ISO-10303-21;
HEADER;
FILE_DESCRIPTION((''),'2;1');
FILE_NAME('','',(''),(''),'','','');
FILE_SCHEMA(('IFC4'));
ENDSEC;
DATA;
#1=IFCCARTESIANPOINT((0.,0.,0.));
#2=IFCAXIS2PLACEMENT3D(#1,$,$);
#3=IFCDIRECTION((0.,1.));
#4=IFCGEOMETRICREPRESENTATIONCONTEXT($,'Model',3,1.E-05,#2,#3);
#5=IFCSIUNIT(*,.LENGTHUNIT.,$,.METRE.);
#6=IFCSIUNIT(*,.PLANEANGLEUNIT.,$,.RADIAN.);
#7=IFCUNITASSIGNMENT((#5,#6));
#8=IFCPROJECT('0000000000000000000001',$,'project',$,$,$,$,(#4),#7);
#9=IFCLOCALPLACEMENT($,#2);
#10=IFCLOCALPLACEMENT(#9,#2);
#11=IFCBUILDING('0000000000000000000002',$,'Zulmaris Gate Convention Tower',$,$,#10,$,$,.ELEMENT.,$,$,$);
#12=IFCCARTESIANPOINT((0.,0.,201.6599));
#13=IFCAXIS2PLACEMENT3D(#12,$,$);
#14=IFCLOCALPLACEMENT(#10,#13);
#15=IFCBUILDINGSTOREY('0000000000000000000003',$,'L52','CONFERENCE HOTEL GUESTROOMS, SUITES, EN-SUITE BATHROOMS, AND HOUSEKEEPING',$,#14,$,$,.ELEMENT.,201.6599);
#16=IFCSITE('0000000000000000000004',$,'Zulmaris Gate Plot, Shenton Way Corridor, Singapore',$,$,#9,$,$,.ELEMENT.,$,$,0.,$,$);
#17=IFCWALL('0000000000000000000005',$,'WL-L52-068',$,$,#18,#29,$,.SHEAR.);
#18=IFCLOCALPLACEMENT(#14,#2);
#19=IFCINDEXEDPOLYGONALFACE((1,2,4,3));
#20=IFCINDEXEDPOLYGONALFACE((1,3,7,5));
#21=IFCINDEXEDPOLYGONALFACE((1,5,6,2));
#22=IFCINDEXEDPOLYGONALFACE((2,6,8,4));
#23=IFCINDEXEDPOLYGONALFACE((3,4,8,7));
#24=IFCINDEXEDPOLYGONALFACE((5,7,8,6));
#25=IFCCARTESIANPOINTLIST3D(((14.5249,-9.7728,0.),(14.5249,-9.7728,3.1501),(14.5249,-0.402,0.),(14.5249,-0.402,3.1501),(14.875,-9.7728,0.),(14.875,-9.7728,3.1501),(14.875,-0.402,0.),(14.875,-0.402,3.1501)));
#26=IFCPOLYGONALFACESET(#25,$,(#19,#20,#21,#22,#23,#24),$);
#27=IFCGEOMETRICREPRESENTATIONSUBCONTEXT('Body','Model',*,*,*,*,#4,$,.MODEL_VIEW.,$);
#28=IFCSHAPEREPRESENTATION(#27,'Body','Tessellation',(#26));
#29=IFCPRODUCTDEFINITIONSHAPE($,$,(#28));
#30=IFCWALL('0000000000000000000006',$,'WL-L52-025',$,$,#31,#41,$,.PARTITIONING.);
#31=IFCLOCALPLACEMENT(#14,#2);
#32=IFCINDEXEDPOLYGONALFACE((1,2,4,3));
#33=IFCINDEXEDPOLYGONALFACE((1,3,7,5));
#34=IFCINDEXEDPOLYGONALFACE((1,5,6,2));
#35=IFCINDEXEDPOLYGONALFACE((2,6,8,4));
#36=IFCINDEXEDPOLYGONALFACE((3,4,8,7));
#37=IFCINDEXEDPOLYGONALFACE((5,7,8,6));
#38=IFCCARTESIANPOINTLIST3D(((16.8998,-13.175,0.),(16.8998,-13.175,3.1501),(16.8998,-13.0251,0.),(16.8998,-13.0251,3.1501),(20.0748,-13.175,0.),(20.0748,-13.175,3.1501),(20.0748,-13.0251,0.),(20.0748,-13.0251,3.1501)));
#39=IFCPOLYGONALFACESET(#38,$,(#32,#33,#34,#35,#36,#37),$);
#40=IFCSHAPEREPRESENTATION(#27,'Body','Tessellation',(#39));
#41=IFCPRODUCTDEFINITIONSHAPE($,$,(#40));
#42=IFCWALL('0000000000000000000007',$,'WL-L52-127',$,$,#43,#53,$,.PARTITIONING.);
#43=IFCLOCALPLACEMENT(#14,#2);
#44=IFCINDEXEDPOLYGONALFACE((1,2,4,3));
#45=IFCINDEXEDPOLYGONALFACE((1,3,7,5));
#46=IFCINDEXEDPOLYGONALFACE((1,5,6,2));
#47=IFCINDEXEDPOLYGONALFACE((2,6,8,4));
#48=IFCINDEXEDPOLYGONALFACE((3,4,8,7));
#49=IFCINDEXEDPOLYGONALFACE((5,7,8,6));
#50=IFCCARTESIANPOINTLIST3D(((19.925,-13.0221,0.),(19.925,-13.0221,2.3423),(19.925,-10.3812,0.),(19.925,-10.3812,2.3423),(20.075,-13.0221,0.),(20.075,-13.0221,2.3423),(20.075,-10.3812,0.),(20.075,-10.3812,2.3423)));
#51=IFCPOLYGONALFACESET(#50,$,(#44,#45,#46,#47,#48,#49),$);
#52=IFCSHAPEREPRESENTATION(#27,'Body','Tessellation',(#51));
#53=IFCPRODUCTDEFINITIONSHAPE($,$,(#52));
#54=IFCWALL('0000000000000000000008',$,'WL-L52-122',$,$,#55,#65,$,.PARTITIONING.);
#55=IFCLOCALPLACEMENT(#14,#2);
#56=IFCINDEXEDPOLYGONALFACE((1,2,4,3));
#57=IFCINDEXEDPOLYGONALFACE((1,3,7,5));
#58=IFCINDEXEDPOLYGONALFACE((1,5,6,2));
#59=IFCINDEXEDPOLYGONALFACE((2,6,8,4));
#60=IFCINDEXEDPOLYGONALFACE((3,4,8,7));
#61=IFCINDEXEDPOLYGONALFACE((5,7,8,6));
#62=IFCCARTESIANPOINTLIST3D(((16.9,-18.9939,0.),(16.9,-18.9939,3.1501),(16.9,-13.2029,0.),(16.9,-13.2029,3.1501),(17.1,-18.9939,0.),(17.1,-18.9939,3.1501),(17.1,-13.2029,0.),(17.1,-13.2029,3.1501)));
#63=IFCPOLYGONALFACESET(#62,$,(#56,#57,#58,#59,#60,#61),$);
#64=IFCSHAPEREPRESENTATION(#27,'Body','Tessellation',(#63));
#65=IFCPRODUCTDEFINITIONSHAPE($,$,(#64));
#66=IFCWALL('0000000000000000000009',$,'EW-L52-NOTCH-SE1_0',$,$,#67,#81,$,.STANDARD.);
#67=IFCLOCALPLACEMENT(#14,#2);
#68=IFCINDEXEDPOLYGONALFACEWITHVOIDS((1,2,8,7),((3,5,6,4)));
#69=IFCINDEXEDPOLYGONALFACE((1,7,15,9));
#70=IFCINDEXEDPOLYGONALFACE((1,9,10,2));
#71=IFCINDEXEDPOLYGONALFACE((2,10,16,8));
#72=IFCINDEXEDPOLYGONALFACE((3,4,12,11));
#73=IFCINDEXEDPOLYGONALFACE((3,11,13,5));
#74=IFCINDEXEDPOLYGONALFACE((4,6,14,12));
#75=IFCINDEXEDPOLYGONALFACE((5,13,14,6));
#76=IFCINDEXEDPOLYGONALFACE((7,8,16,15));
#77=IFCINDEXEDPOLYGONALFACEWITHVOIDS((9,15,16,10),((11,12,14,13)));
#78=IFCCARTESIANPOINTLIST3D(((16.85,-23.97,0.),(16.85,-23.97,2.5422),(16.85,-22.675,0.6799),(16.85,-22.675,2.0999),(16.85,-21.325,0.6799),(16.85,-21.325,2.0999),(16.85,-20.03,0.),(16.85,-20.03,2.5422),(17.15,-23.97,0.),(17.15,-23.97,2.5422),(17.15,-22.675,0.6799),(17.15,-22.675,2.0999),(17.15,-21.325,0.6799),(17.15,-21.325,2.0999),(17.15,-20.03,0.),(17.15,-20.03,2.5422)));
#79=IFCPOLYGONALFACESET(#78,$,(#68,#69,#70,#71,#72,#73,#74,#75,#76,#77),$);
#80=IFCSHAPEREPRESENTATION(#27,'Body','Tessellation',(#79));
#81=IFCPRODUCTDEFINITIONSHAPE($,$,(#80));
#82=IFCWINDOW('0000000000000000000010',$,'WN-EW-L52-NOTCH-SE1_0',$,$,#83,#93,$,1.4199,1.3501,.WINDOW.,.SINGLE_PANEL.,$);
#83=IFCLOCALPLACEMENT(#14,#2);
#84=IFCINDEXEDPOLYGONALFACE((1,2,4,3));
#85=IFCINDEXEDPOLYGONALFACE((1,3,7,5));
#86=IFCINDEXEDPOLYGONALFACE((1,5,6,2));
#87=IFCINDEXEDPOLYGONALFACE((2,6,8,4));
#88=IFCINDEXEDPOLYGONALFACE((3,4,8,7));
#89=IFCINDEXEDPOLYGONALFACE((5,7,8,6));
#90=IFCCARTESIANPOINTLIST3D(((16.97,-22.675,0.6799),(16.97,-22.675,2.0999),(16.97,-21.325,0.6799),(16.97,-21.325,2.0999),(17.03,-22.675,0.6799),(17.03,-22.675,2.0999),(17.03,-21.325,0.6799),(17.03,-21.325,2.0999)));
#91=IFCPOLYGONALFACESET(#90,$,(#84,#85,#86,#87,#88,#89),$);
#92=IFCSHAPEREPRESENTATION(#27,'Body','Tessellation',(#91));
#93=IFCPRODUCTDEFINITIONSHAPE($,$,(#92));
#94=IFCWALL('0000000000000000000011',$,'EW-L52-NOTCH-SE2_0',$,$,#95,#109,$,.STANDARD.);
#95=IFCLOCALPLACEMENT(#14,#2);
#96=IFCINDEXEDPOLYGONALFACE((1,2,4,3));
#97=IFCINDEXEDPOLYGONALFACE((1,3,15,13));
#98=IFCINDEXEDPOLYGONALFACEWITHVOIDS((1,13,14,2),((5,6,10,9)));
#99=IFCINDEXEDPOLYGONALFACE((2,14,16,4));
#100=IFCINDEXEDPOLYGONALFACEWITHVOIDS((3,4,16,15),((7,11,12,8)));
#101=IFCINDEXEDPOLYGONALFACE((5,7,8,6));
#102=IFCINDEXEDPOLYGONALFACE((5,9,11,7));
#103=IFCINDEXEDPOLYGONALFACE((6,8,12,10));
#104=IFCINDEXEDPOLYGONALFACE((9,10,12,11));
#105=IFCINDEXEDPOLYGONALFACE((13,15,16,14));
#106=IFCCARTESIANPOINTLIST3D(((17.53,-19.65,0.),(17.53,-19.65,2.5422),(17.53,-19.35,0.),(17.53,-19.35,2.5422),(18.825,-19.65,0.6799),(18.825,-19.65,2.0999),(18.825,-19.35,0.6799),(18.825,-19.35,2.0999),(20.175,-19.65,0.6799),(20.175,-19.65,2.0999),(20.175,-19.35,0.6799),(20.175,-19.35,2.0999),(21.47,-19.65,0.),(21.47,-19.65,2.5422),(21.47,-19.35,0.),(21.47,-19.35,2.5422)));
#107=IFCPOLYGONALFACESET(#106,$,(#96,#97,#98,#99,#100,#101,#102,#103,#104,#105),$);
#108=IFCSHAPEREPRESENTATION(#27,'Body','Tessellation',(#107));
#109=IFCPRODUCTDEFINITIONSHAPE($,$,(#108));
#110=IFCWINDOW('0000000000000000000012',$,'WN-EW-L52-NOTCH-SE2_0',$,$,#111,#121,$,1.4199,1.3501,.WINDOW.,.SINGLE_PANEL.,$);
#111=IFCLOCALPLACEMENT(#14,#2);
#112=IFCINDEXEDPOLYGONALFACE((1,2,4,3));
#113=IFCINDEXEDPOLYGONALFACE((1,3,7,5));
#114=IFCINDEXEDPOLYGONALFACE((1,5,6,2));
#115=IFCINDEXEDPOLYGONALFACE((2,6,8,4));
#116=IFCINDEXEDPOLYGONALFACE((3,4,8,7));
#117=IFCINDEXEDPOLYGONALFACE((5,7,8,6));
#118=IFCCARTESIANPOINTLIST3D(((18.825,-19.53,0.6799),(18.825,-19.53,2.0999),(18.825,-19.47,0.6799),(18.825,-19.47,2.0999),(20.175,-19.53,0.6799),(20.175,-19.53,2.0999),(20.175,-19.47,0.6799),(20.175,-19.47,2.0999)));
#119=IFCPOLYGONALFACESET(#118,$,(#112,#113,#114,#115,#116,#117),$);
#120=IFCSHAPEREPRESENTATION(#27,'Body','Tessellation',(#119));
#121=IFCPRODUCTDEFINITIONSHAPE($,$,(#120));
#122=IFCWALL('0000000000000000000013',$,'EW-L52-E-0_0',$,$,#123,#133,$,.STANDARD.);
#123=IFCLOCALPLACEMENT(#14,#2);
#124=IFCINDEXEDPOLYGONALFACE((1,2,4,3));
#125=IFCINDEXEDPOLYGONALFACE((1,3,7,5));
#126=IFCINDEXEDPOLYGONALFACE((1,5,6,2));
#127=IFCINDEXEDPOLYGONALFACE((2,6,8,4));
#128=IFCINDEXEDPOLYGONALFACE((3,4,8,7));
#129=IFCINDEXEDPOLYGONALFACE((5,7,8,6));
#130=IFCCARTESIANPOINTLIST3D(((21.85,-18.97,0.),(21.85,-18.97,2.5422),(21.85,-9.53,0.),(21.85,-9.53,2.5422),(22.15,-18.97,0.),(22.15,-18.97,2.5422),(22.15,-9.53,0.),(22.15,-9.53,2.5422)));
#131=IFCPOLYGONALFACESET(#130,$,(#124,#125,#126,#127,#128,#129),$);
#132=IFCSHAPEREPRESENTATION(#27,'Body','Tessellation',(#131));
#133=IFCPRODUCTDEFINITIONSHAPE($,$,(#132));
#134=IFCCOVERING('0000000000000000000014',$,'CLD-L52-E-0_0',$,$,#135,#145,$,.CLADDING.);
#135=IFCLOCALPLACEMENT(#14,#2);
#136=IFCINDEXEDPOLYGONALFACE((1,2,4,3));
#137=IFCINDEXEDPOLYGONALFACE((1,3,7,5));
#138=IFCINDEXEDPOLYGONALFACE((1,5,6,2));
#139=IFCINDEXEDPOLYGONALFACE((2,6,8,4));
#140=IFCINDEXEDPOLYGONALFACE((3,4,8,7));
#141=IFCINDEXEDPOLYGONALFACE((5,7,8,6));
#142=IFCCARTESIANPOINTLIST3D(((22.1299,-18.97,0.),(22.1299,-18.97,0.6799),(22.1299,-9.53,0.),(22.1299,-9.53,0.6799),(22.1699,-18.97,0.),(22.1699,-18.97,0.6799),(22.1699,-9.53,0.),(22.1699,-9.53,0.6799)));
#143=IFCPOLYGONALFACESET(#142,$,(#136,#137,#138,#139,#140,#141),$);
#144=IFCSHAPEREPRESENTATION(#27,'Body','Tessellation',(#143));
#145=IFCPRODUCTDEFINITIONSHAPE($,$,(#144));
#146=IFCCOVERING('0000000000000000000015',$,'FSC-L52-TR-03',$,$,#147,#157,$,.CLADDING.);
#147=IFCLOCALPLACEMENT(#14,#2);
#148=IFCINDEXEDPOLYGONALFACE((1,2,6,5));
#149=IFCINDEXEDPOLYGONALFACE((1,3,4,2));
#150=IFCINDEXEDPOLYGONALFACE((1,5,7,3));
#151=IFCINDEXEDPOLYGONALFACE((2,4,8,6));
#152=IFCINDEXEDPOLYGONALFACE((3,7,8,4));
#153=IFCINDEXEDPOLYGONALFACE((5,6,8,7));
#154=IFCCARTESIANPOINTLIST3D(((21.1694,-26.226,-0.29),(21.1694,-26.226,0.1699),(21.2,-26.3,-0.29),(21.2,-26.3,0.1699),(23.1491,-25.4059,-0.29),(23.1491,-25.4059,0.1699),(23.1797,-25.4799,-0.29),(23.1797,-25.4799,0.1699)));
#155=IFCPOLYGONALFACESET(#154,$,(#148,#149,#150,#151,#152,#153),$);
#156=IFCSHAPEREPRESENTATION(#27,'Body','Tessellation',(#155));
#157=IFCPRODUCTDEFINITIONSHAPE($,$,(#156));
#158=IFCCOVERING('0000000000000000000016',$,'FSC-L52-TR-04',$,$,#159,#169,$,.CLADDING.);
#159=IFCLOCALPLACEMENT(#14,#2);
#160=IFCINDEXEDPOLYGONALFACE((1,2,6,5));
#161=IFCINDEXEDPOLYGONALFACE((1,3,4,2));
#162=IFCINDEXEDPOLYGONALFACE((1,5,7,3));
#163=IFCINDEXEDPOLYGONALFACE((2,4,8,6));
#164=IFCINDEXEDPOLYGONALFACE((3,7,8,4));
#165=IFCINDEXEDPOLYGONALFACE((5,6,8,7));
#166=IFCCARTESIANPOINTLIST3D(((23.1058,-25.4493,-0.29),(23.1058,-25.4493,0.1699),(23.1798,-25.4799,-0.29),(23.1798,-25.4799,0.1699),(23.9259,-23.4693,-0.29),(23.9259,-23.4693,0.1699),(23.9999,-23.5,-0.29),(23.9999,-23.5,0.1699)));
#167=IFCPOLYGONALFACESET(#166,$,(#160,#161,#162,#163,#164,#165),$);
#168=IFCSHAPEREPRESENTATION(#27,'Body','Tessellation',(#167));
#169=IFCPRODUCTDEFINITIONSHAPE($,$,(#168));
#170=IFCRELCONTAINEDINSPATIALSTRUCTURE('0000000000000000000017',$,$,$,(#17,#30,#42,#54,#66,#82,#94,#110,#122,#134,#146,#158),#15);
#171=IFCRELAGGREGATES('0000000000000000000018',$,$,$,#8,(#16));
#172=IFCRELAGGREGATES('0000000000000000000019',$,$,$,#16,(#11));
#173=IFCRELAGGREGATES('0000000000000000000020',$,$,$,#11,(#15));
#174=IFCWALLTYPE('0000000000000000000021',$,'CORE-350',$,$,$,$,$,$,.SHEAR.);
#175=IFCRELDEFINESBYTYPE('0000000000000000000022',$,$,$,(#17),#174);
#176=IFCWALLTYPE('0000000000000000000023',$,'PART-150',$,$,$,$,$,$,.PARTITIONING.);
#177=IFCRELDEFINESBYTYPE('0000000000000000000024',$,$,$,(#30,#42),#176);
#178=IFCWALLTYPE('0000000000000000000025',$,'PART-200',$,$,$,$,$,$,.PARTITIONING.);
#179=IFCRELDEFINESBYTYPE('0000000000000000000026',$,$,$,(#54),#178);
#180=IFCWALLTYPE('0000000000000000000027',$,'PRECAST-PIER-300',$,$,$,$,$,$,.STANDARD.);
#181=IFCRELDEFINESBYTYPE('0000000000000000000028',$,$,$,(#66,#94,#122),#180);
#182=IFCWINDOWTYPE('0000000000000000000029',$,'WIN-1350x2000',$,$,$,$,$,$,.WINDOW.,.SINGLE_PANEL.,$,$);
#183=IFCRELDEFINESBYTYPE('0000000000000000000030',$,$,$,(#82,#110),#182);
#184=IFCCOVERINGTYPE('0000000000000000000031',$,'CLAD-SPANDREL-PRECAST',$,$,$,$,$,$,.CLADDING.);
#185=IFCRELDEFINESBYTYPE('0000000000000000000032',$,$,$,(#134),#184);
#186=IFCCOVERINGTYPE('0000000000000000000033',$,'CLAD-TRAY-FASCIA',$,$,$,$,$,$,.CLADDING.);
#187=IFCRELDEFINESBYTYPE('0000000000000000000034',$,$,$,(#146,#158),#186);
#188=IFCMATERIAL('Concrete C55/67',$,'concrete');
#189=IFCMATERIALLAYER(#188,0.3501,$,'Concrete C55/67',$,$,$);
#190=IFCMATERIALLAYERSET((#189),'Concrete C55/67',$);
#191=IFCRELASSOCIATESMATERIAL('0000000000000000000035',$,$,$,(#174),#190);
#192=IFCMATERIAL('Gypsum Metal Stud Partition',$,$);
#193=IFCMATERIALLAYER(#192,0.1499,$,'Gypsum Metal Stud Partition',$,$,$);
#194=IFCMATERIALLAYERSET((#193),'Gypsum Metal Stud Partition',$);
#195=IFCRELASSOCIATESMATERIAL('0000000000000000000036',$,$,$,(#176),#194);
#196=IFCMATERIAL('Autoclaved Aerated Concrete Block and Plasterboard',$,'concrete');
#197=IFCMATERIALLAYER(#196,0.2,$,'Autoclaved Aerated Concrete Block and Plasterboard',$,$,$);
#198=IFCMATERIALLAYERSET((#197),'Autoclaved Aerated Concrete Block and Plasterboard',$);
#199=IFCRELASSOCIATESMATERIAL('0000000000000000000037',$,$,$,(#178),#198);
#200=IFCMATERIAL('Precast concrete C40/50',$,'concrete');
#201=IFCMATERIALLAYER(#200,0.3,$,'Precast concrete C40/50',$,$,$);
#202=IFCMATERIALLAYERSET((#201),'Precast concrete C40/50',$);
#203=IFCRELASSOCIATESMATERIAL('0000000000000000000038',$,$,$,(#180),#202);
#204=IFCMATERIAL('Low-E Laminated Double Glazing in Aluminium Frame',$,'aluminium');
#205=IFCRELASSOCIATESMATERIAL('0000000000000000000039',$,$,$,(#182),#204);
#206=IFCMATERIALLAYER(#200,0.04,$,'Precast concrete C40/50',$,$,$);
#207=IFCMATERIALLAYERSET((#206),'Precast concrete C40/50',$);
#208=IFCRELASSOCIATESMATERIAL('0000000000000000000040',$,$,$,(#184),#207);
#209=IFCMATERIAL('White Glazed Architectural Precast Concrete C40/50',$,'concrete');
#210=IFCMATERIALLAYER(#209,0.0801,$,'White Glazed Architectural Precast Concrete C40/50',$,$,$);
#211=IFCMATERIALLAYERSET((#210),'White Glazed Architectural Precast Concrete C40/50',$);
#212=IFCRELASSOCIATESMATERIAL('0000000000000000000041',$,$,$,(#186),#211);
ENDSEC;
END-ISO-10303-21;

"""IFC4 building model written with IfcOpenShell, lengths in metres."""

from ifc_helpers import new_model, si_unit, direction, frame, frame_2d, origin, place, context, subcontext, project, spatial, rectangle, extrude, material, layer, layer_set, type_object, element, fill, save


model = new_model("IFC4")

# Units and contexts
model_context = context("Model", 3, precision=1e-05, world=origin(), true_north=direction((0.0, 1.0)))
body_context = subcontext(model_context, "Body", "Model", "MODEL_VIEW")
ifc_project = project(units=[si_unit("LENGTHUNIT", "METRE"), si_unit("PLANEANGLEUNIT", "RADIAN")], contexts=[model_context])

# Site, building, storey
site_placement = place(None, origin())
site = spatial("IfcSite", under=ifc_project, at=site_placement, Name="Zulmaris Gate Plot, Shenton Way Corridor, Singapore", CompositionType="ELEMENT", RefElevation=0.0)
building_placement = place(site_placement, origin())
building = spatial("IfcBuilding", under=site, at=building_placement, Name="Zulmaris Gate Convention Tower", CompositionType="ELEMENT")
storey_placement = place(building_placement, frame((0.0, 0.0, 201.6599)))
storey = spatial("IfcBuildingStorey", under=building, at=storey_placement, Name="L52", Description="CONFERENCE HOTEL GUESTROOMS, SUITES, EN-SUITE BATHROOMS, AND HOUSEKEEPING", CompositionType="ELEMENT", Elevation=201.6599)

# Shared definitions
ifc_material_1 = material(Name="Concrete C55/67", Category="concrete")
ifc_layer_1 = layer(ifc_material_1, 0.3501, Name="Concrete C55/67")
ifc_layer_set_1 = layer_set([ifc_layer_1], Name="Concrete C55/67")
wall_type_1 = type_object("IfcWallType", Name="CORE-350", PredefinedType="SHEAR", material=ifc_layer_set_1)

# Walls
wall_1_placement = place(storey_placement, frame((14.7, -9.7729, 0.0), z_axis=(0.0, 0.0, 1.0), x_axis=(0.0, 1.0, 0.0)))
element("IfcWall", 1, at=wall_1_placement, inside=storey, type_object=wall_type_1, Name="WL-L52-068", PredefinedType="SHEAR", context=body_context, shape_type="SweptSolid", body=[
    extrude(rectangle(XDim=9.3708, YDim=0.3501, at=frame_2d((4.6855, 0.0))), origin(), (0.0, 0.0, 1.0), 3.1501),
])
ifc_material_2 = material(Name="Gypsum Metal Stud Partition")
ifc_layer_2 = layer(ifc_material_2, 0.1499, Name="Gypsum Metal Stud Partition")
ifc_layer_set_2 = layer_set([ifc_layer_2], Name="Gypsum Metal Stud Partition")
wall_type_2 = type_object("IfcWallType", Name="PART-150", PredefinedType="PARTITIONING", material=ifc_layer_set_2)
wall_2_placement = place(storey_placement, frame((16.8999, -13.1001, 0.0), z_axis=(0.0, 0.0, 1.0), x_axis=(1.0, 0.0, 0.0)))
element("IfcWall", 2, at=wall_2_placement, inside=storey, type_object=wall_type_2, Name="WL-L52-025", PredefinedType="PARTITIONING", context=body_context, shape_type="SweptSolid", body=[
    extrude(rectangle(XDim=3.175, YDim=0.1499, at=frame_2d((1.5874, 0.0))), origin(), (0.0, 0.0, 1.0), 3.1501),
])
wall_3_placement = place(storey_placement, frame((20.0, -13.022, 0.0), z_axis=(0.0, 0.0, 1.0), x_axis=(0.0, 1.0, 0.0)))
element("IfcWall", 3, at=wall_3_placement, inside=storey, type_object=wall_type_2, Name="WL-L52-127", PredefinedType="PARTITIONING", context=body_context, shape_type="SweptSolid", body=[
    extrude(rectangle(XDim=2.6409, YDim=0.1499, at=frame_2d((1.3203, 0.0))), origin(), (0.0, 0.0, 1.0), 2.3423),
])
ifc_material_3 = material(Name="Autoclaved Aerated Concrete Block and Plasterboard", Category="concrete")
ifc_layer_3 = layer(ifc_material_3, 0.2, Name="Autoclaved Aerated Concrete Block and Plasterboard")
ifc_layer_set_3 = layer_set([ifc_layer_3], Name="Autoclaved Aerated Concrete Block and Plasterboard")
wall_type_3 = type_object("IfcWallType", Name="PART-200", PredefinedType="PARTITIONING", material=ifc_layer_set_3)
wall_4_placement = place(storey_placement, frame((17.0, -18.9939, 0.0), z_axis=(0.0, 0.0, 1.0), x_axis=(0.0, 1.0, 0.0)))
element("IfcWall", 4, at=wall_4_placement, inside=storey, type_object=wall_type_3, Name="WL-L52-122", PredefinedType="PARTITIONING", context=body_context, shape_type="SweptSolid", body=[
    extrude(rectangle(XDim=5.791, YDim=0.2, at=frame_2d((2.8955, 0.0))), origin(), (0.0, 0.0, 1.0), 3.1501),
])

# Walls, openings, windows
ifc_material_4 = material(Name="Precast concrete C40/50", Category="concrete")
ifc_layer_4 = layer(ifc_material_4, 0.3, Name="Precast concrete C40/50")
ifc_layer_set_4 = layer_set([ifc_layer_4], Name="Precast concrete C40/50")
wall_type_4 = type_object("IfcWallType", Name="PRECAST-PIER-300", PredefinedType="STANDARD", material=ifc_layer_set_4)
wall_5_placement = place(storey_placement, frame((17.0, -23.97, 0.0), z_axis=(0.0, 0.0, 1.0), x_axis=(0.0, 1.0, 0.0)))
wall_5 = element("IfcWall", 5, at=wall_5_placement, inside=storey, type_object=wall_type_4, Name="EW-L52-NOTCH-SE1_0", PredefinedType="STANDARD", context=body_context, shape_type="SweptSolid", body=[
    extrude(rectangle(XDim=3.9399, YDim=0.3, at=frame_2d((1.97, 0.0))), origin(), (0.0, 0.0, 1.0), 2.5422),
])
opening_1_placement = place(wall_5_placement, frame((1.2949, 0.0, 0.6799)))
opening_1 = element("IfcOpeningElement", 6, at=opening_1_placement, cuts=wall_5, PredefinedType="OPENING", context=body_context, shape_type="SweptSolid", body=[
    extrude(rectangle(XDim=1.3501, YDim=1.4199, at=frame_2d((0.675, 0.71))), frame((0.0, 0.1602, 0.0), z_axis=(0.0, -1.0, 0.0), x_axis=(1.0, 0.0, 0.0)), (0.0, 0.0, 1.0), 0.3201),
])
ifc_material_5 = material(Name="Low-E Laminated Double Glazing in Aluminium Frame", Category="aluminium")
window_type = type_object("IfcWindowType", Name="WIN-1350x2000", PartitioningType="SINGLE_PANEL", PredefinedType="WINDOW", material=ifc_material_5)
window_1_placement = place(opening_1_placement, origin())
window_1 = element("IfcWindow", 7, at=window_1_placement, inside=storey, type_object=window_type, Name="WN-EW-L52-NOTCH-SE1_0", OverallHeight=1.4199, OverallWidth=1.3501, PartitioningType="SINGLE_PANEL", PredefinedType="WINDOW", context=body_context, shape_type="SweptSolid", body=[
    extrude(rectangle(XDim=1.3501, YDim=1.4199, at=frame_2d((0.675, 0.71))), frame((0.0, 0.03, 0.0), z_axis=(0.0, -1.0, 0.0), x_axis=(1.0, 0.0, 0.0)), (0.0, 0.0, 1.0), 0.0601),
])
fill(opening_1, window_1)
wall_6_placement = place(storey_placement, frame((17.53, -19.5, 0.0), z_axis=(0.0, 0.0, 1.0), x_axis=(1.0, 0.0, 0.0)))
wall_6 = element("IfcWall", 8, at=wall_6_placement, inside=storey, type_object=wall_type_4, Name="EW-L52-NOTCH-SE2_0", PredefinedType="STANDARD", context=body_context, shape_type="SweptSolid", body=[
    extrude(rectangle(XDim=3.9399, YDim=0.3, at=frame_2d((1.97, 0.0))), origin(), (0.0, 0.0, 1.0), 2.5422),
])
opening_2_placement = place(wall_6_placement, frame((1.2949, 0.0, 0.6799)))
opening_2 = element("IfcOpeningElement", 9, at=opening_2_placement, cuts=wall_6, PredefinedType="OPENING", context=body_context, shape_type="SweptSolid", body=[
    extrude(rectangle(XDim=1.3501, YDim=1.4199, at=frame_2d((0.675, 0.71))), frame((0.0, 0.1602, 0.0), z_axis=(0.0, -1.0, 0.0), x_axis=(1.0, 0.0, 0.0)), (0.0, 0.0, 1.0), 0.3201),
])
window_2_placement = place(opening_2_placement, origin())
window_2 = element("IfcWindow", 10, at=window_2_placement, inside=storey, type_object=window_type, Name="WN-EW-L52-NOTCH-SE2_0", OverallHeight=1.4199, OverallWidth=1.3501, PartitioningType="SINGLE_PANEL", PredefinedType="WINDOW", context=body_context, shape_type="SweptSolid", body=[
    extrude(rectangle(XDim=1.3501, YDim=1.4199, at=frame_2d((0.675, 0.71))), frame((0.0, 0.03, 0.0), z_axis=(0.0, -1.0, 0.0), x_axis=(1.0, 0.0, 0.0)), (0.0, 0.0, 1.0), 0.0601),
])
fill(opening_2, window_2)

# Wall
wall_7_placement = place(storey_placement, frame((22.0, -18.97, 0.0), z_axis=(0.0, 0.0, 1.0), x_axis=(0.0, 1.0, 0.0)))
element("IfcWall", 11, at=wall_7_placement, inside=storey, type_object=wall_type_4, Name="EW-L52-E-0_0", PredefinedType="STANDARD", context=body_context, shape_type="SweptSolid", body=[
    extrude(rectangle(XDim=9.4399, YDim=0.3, at=frame_2d((4.72, 0.0))), origin(), (0.0, 0.0, 1.0), 2.5422),
])

# Coverings
ifc_layer_5 = layer(ifc_material_4, 0.04, Name="Precast concrete C40/50")
ifc_layer_set_5 = layer_set([ifc_layer_5], Name="Precast concrete C40/50")
covering_type_1 = type_object("IfcCoveringType", Name="CLAD-SPANDREL-PRECAST", PredefinedType="CLADDING", material=ifc_layer_set_5)
covering_1_placement = place(storey_placement, frame((22.1499, -18.97, 0.0), z_axis=(0.0, 0.0, 1.0), x_axis=(0.0, 1.0, 0.0)))
element("IfcCovering", 12, at=covering_1_placement, inside=storey, type_object=covering_type_1, Name="CLD-L52-E-0_0", PredefinedType="CLADDING", context=body_context, shape_type="SweptSolid", body=[
    extrude(rectangle(XDim=9.4399, YDim=0.04, at=frame_2d((4.72, 0.0))), origin(), (0.0, 0.0, 1.0), 0.6799),
])
ifc_material_6 = material(Name="White Glazed Architectural Precast Concrete C40/50", Category="concrete")
ifc_layer_6 = layer(ifc_material_6, 0.0801, Name="White Glazed Architectural Precast Concrete C40/50")
ifc_layer_set_6 = layer_set([ifc_layer_6], Name="White Glazed Architectural Precast Concrete C40/50")
covering_type_2 = type_object("IfcCoveringType", Name="CLAD-TRAY-FASCIA", PredefinedType="CLADDING", material=ifc_layer_set_6)
covering_2_placement = place(storey_placement, frame((21.1848, -26.2629, -0.29), z_axis=(0.0, 0.0, 1.0), x_axis=(0.923874, 0.382697, 0.0)))
element("IfcCovering", 13, at=covering_2_placement, inside=storey, type_object=covering_type_2, Name="FSC-L52-TR-03", PredefinedType="CLADDING", context=body_context, shape_type="SweptSolid", body=[
    extrude(rectangle(XDim=2.1428, YDim=0.0801, at=frame_2d((1.0713, 0.0))), origin(), (0.0, 0.0, 1.0), 0.46),
])
covering_3_placement = place(storey_placement, frame((23.1428, -25.4646, -0.29), z_axis=(0.0, 0.0, 1.0), x_axis=(0.382657, 0.92389, 0.0)))
element("IfcCovering", 14, at=covering_3_placement, inside=storey, type_object=covering_type_2, Name="FSC-L52-TR-04", PredefinedType="CLADDING", context=body_context, shape_type="SweptSolid", body=[
    extrude(rectangle(XDim=2.1431, YDim=0.0801, at=frame_2d((1.0715, 0.0))), origin(), (0.0, 0.0, 1.0), 0.46),
])

save(model, "model.ifc")
